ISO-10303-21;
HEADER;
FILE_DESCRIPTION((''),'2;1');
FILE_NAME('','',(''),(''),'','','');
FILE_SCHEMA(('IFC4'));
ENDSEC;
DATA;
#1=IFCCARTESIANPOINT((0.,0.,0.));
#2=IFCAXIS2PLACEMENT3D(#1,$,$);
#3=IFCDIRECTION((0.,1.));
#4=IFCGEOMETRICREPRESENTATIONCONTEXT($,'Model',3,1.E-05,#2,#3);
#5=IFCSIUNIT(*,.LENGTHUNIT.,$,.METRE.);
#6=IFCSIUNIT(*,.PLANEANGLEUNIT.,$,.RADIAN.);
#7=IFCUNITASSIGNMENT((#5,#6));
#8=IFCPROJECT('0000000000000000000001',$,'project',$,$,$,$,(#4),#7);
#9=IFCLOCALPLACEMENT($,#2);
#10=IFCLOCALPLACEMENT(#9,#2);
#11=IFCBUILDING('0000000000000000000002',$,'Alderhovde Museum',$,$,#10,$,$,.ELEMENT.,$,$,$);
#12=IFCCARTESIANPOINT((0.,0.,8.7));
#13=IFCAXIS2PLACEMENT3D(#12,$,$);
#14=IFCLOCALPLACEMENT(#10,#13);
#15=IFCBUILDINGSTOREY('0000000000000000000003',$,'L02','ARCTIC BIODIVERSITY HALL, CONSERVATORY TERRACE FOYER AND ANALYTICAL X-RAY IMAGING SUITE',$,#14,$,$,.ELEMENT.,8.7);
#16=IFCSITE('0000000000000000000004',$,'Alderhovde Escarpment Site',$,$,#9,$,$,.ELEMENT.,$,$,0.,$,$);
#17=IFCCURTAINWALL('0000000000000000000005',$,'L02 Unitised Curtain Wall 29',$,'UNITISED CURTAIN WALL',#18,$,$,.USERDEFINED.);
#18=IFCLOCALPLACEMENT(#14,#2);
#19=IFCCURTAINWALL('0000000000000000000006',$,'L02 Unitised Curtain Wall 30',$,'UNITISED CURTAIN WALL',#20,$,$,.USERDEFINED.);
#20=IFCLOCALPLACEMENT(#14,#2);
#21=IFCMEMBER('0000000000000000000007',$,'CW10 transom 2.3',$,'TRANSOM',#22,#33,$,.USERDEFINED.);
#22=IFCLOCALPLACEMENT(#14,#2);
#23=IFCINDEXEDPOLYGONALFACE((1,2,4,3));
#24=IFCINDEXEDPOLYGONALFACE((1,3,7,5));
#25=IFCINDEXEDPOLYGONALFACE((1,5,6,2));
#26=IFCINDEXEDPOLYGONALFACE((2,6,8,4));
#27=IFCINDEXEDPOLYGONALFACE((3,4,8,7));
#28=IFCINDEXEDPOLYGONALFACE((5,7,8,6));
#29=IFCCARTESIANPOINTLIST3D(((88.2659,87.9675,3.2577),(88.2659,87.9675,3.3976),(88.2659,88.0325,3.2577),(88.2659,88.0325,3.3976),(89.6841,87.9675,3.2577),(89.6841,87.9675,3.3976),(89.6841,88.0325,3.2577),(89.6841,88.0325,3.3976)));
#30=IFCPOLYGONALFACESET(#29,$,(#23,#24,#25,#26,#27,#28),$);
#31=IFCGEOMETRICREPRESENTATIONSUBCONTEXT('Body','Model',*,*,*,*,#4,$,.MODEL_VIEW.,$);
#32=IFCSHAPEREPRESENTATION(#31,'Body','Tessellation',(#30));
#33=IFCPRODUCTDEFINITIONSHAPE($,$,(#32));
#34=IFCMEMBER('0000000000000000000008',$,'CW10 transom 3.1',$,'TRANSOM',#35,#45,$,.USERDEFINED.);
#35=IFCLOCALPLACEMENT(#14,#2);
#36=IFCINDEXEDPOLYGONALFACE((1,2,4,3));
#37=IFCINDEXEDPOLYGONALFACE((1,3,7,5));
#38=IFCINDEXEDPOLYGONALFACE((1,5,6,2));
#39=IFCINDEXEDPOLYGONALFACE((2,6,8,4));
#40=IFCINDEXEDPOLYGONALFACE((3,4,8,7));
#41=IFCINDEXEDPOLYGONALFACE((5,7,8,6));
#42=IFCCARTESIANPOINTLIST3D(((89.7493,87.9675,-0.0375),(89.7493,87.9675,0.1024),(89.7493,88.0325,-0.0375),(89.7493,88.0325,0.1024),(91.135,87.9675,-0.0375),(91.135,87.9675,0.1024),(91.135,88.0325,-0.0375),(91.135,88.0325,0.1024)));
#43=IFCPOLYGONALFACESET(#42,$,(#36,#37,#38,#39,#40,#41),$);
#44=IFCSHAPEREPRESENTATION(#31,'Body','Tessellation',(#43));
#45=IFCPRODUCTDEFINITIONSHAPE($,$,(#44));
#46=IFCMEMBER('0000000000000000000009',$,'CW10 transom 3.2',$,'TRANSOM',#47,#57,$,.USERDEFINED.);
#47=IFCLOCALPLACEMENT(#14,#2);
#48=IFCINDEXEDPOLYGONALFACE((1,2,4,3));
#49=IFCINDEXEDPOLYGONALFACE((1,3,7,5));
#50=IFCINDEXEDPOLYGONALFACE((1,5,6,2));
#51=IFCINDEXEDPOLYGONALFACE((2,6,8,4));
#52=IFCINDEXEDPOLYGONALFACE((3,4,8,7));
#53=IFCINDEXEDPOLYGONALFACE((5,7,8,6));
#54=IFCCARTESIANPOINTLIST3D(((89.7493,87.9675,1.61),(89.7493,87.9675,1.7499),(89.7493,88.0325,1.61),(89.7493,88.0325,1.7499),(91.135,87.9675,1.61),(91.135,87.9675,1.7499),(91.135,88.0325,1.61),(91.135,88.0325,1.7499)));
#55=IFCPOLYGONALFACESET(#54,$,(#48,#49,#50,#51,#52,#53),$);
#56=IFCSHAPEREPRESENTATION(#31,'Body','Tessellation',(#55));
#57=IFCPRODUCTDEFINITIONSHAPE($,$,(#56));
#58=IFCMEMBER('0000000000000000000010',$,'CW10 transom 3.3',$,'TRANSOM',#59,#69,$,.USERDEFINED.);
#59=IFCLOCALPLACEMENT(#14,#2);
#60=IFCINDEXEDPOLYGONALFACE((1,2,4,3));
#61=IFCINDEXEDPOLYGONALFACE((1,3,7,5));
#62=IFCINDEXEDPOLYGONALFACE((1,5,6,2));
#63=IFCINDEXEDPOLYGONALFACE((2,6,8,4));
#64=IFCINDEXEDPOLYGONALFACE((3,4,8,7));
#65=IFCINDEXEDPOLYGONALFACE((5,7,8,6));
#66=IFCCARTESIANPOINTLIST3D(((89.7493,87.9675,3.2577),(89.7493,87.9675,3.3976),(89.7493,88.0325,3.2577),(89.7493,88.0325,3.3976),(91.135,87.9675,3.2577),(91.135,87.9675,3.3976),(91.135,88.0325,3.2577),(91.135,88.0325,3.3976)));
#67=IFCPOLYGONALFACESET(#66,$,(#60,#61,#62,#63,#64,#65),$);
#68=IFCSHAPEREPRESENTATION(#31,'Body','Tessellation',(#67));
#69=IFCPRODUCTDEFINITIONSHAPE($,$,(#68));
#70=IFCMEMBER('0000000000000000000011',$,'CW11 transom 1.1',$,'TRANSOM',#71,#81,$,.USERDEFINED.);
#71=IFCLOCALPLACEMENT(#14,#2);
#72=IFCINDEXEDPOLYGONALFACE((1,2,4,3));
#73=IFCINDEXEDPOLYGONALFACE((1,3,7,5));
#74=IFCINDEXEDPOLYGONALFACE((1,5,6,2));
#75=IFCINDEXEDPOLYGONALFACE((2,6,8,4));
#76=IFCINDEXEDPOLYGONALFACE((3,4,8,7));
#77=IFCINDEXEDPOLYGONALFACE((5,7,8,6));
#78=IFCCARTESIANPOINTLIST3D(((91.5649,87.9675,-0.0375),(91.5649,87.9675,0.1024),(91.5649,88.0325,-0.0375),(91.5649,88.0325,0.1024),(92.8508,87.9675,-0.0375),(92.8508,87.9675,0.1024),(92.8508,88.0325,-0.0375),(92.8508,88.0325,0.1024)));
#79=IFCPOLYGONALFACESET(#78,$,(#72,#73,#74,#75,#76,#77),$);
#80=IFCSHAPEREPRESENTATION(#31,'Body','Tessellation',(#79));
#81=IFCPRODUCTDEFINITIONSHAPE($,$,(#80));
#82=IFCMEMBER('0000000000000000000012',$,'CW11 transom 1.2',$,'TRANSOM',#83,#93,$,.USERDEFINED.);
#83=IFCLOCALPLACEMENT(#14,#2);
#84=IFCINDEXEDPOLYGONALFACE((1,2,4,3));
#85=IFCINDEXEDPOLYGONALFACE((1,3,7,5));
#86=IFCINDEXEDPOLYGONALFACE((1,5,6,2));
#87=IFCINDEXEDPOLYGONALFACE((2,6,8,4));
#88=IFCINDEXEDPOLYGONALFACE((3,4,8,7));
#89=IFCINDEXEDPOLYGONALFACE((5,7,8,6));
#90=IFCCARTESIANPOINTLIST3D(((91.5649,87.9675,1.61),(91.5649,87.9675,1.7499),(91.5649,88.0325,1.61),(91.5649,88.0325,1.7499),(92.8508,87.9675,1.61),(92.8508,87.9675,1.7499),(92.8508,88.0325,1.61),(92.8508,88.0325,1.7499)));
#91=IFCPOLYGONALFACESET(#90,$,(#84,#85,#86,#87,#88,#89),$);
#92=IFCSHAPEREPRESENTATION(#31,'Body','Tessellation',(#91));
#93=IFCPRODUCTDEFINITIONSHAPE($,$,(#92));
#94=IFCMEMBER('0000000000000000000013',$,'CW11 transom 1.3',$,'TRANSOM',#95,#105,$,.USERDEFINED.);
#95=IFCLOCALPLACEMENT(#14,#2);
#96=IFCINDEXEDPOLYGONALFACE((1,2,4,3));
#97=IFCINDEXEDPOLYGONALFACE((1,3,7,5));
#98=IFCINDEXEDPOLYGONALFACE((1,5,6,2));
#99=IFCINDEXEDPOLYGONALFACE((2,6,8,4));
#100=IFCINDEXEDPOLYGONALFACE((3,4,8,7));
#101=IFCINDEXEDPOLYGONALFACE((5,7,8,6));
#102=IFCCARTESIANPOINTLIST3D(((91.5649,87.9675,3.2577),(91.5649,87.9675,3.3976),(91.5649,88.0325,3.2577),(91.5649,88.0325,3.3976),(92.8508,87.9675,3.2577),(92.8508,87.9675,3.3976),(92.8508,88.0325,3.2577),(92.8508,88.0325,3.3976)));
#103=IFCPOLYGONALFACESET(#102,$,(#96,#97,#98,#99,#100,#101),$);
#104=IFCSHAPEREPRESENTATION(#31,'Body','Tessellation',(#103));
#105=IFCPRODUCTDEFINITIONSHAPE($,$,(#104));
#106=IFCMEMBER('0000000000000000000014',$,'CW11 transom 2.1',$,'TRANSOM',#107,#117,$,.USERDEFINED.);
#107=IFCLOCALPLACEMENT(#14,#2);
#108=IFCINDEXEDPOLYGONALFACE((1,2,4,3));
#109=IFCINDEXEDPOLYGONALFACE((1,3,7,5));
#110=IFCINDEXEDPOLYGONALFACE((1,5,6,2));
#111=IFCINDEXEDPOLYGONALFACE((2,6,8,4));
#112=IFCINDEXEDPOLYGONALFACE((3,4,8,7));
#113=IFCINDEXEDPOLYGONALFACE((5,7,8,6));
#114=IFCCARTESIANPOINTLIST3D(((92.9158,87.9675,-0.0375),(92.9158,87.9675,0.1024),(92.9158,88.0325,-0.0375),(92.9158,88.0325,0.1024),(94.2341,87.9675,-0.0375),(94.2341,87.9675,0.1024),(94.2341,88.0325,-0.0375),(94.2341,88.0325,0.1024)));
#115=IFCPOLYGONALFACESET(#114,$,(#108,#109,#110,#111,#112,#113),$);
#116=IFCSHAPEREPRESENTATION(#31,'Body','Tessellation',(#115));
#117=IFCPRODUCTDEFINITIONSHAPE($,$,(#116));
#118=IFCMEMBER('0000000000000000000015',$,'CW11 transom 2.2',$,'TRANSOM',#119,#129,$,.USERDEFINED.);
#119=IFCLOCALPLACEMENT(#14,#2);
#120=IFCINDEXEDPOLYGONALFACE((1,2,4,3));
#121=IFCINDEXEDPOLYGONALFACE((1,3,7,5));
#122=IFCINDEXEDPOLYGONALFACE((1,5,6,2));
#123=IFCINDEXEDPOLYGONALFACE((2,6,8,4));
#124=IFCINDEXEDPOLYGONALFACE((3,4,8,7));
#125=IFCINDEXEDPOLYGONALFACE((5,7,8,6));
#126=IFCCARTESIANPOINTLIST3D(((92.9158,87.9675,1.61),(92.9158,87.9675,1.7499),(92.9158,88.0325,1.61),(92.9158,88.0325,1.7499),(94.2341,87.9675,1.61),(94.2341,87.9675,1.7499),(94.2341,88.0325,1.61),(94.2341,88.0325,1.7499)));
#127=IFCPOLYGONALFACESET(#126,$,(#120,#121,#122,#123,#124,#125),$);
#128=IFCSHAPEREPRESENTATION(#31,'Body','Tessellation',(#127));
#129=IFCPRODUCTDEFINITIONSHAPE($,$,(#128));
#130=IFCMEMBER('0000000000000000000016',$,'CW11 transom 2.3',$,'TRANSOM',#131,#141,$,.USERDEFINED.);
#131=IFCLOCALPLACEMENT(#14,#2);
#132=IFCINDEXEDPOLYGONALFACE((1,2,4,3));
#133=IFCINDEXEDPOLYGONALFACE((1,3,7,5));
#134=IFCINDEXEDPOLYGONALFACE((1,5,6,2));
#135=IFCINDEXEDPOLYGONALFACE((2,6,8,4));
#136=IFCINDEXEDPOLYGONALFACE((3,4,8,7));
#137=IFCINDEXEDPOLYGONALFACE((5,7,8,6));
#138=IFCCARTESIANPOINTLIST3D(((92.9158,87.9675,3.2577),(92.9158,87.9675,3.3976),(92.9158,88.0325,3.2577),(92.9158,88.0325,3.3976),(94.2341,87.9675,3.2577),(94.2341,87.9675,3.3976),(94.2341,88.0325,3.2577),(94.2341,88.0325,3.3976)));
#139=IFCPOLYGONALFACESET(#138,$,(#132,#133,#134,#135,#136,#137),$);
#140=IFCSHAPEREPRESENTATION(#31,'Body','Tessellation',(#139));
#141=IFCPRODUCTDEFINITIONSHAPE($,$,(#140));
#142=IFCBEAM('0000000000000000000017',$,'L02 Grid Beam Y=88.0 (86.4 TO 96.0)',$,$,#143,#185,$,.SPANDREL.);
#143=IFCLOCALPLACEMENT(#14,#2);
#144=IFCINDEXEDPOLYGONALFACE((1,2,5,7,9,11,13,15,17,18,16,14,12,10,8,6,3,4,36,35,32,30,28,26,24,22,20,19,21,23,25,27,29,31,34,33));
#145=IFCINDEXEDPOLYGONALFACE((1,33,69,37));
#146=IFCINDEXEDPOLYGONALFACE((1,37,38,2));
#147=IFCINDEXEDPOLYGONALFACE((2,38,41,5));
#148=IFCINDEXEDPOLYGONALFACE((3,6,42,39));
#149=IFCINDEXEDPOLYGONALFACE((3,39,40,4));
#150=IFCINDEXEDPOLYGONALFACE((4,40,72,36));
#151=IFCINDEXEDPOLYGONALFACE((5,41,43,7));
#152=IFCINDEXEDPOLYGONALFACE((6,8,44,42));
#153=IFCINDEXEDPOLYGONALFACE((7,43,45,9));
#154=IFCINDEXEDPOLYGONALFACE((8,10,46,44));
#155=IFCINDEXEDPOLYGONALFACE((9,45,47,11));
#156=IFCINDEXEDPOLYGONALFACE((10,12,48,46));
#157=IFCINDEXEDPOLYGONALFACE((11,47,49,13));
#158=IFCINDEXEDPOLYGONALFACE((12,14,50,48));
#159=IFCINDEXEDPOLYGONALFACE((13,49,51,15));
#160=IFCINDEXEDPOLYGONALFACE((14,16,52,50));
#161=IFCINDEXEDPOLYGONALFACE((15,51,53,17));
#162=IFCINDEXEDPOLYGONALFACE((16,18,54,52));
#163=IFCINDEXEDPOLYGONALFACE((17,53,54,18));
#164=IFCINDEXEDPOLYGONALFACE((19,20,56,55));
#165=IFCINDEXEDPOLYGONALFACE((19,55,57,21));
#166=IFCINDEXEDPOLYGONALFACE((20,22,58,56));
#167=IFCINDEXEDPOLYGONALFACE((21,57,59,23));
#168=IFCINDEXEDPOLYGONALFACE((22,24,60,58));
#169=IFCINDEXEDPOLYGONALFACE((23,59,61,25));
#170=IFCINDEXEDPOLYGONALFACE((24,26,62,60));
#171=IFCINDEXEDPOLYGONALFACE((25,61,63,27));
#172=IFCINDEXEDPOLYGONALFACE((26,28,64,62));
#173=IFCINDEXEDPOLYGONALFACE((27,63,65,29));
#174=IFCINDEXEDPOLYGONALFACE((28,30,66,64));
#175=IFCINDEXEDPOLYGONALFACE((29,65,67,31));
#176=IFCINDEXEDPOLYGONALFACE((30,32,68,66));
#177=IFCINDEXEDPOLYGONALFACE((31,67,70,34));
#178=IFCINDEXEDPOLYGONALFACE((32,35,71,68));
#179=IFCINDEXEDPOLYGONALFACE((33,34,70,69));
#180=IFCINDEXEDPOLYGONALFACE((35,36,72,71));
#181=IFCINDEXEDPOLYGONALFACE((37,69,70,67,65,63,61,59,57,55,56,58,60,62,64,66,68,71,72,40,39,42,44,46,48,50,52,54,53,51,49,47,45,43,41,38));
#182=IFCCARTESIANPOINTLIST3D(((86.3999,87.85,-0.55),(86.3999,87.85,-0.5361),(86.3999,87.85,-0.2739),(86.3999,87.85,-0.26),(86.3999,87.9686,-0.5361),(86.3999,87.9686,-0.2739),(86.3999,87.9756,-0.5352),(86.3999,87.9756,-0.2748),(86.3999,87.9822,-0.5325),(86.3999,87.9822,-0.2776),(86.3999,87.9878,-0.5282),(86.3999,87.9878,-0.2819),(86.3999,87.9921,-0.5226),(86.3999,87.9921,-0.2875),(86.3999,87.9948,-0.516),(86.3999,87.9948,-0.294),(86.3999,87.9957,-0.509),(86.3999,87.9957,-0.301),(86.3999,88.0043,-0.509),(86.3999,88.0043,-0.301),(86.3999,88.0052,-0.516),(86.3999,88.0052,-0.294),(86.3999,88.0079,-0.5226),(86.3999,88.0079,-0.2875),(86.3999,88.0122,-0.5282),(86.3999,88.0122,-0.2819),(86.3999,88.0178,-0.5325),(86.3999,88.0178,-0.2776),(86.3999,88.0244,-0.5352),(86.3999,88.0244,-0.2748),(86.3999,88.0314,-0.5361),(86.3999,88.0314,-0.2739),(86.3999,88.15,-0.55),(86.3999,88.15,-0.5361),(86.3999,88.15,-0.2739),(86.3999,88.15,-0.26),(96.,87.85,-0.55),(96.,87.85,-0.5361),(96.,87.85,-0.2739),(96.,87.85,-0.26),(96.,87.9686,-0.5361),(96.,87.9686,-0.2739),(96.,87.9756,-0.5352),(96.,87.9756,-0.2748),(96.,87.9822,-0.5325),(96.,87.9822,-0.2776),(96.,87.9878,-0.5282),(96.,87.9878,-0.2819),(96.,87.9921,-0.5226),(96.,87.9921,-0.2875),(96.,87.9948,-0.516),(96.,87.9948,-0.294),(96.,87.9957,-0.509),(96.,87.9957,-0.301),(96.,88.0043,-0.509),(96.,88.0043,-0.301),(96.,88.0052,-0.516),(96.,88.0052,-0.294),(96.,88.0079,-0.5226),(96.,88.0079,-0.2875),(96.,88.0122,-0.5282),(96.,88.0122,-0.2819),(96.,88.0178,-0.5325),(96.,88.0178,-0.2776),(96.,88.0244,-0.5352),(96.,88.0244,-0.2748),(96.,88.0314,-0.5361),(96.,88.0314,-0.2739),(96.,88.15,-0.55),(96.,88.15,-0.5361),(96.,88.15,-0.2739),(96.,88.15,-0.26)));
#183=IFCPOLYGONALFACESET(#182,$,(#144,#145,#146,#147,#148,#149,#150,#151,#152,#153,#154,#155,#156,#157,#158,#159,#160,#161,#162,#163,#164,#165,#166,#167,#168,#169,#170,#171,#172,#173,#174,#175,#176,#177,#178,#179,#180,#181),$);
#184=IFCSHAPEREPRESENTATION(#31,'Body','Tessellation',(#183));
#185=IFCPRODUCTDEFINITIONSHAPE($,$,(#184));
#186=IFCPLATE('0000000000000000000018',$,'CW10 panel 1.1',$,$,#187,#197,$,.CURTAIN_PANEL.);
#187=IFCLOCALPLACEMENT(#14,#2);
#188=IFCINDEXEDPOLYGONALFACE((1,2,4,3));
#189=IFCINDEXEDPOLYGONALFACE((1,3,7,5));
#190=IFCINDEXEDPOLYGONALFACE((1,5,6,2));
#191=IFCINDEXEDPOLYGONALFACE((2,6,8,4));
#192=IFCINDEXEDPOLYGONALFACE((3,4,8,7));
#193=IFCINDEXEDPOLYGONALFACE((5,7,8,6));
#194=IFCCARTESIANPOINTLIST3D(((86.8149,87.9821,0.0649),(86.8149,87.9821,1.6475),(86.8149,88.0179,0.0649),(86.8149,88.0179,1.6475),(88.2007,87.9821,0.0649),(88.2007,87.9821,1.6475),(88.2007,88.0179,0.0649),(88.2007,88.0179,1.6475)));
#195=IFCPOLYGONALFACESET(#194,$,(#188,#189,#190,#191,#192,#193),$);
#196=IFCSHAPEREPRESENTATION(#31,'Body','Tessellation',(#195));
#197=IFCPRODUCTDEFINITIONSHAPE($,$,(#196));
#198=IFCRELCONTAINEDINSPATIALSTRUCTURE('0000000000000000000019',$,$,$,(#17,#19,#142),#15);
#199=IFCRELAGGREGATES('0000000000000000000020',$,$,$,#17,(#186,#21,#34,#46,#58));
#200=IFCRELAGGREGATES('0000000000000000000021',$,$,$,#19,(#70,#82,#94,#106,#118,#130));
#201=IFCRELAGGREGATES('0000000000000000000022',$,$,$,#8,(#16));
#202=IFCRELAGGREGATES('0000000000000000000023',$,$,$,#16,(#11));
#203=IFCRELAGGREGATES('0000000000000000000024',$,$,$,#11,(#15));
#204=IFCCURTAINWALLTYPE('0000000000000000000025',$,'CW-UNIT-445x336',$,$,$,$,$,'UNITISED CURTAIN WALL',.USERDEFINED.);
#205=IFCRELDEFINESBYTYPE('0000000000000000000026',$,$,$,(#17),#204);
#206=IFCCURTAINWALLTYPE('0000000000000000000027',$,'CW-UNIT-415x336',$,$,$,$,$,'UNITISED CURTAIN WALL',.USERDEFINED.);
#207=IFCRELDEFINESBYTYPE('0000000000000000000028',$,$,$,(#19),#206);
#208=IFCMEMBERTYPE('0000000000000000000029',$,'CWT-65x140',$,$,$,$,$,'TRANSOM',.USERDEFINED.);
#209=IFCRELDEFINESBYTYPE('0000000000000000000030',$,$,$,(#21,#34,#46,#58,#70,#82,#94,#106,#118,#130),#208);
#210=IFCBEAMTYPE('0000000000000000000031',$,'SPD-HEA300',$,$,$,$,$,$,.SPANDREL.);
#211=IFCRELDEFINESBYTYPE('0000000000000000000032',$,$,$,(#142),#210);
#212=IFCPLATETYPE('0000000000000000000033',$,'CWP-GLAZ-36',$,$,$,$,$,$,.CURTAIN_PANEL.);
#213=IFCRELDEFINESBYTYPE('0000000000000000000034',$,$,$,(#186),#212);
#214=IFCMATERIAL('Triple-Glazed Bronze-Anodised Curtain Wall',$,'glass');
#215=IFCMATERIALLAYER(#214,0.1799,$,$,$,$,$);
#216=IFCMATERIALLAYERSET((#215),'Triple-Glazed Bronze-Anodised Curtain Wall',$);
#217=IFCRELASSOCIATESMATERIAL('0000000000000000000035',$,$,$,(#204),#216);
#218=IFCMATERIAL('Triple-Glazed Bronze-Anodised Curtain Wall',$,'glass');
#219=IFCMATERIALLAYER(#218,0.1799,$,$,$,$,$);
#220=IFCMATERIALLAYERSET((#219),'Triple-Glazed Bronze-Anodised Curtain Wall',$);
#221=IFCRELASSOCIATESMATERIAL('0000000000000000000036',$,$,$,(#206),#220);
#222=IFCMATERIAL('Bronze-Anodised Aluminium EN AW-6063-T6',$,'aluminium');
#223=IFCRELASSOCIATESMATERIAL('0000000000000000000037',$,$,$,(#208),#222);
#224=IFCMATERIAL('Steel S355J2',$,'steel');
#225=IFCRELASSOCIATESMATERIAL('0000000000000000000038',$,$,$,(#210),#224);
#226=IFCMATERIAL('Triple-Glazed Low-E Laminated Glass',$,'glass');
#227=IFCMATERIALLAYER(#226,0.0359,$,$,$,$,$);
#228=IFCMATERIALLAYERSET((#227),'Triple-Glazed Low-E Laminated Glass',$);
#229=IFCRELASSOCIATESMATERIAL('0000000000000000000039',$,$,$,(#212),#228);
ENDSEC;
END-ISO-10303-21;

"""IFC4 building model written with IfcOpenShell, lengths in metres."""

from ifc_helpers import new_model, si_unit, direction, frame, origin, origin_2d, place, context, subcontext, project, spatial, rectangle, i_section, extrude, material, layer, layer_set, material_profile, profile_set, type_object, element, aggregate, save


model = new_model("IFC4")

# Units and contexts
model_context = context("Model", 3, precision=1e-05, world=origin(), true_north=direction((0.0, 1.0)))
body_context = subcontext(model_context, "Body", "Model", "MODEL_VIEW")
ifc_project = project(units=[si_unit("LENGTHUNIT", "METRE"), si_unit("PLANEANGLEUNIT", "RADIAN")], contexts=[model_context])

# Site, building, storey
site_placement = place(None, origin())
site = spatial("IfcSite", under=ifc_project, at=site_placement, Name="Alderhovde Escarpment Site", CompositionType="ELEMENT", RefElevation=0.0)
building_placement = place(site_placement, origin())
building = spatial("IfcBuilding", under=site, at=building_placement, Name="Alderhovde Museum", CompositionType="ELEMENT")
storey_placement = place(building_placement, frame((0.0, 0.0, 8.7)))
storey = spatial("IfcBuildingStorey", under=building, at=storey_placement, Name="L02", Description="ARCTIC BIODIVERSITY HALL, CONSERVATORY TERRACE FOYER AND ANALYTICAL X-RAY IMAGING SUITE", CompositionType="ELEMENT", Elevation=8.7)

# Curtain walls
ifc_material_1 = material(Name="Triple-Glazed Bronze-Anodised Curtain Wall", Category="glass")
ifc_layer_1 = layer(ifc_material_1, 0.1799)
ifc_layer_set_1 = layer_set([ifc_layer_1], Name="Triple-Glazed Bronze-Anodised Curtain Wall")
curtain_wall_type_1 = type_object("IfcCurtainWallType", Name="CW-UNIT-445x336", ElementType="UNITISED CURTAIN WALL", PredefinedType="USERDEFINED", material=ifc_layer_set_1)
curtain_wall_1_placement = place(storey_placement, origin())
curtain_wall_1 = element("IfcCurtainWall", 1, at=curtain_wall_1_placement, inside=storey, type_object=curtain_wall_type_1, Name="L02 Unitised Curtain Wall 29", ObjectType="UNITISED CURTAIN WALL", PredefinedType="USERDEFINED")
ifc_material_2 = material(Name="Triple-Glazed Bronze-Anodised Curtain Wall", Category="glass")
ifc_layer_2 = layer(ifc_material_2, 0.1799)
ifc_layer_set_2 = layer_set([ifc_layer_2], Name="Triple-Glazed Bronze-Anodised Curtain Wall")
curtain_wall_type_2 = type_object("IfcCurtainWallType", Name="CW-UNIT-415x336", ElementType="UNITISED CURTAIN WALL", PredefinedType="USERDEFINED", material=ifc_layer_set_2)
curtain_wall_2_placement = place(storey_placement, origin())
curtain_wall_2 = element("IfcCurtainWall", 2, at=curtain_wall_2_placement, inside=storey, type_object=curtain_wall_type_2, Name="L02 Unitised Curtain Wall 30", ObjectType="UNITISED CURTAIN WALL", PredefinedType="USERDEFINED")

# Members
ifc_material_3 = material(Name="Bronze-Anodised Aluminium EN AW-6063-T6", Category="aluminium")
ifc_material_profile_1 = material_profile(ifc_material_3, rectangle(XDim=0.0649, YDim=0.1399, at=origin_2d()), Name="TRANSOM 65x140")
ifc_profile_set_1 = profile_set([ifc_material_profile_1], Name="Bronze-Anodised Aluminium EN AW-6063-T6")
member_type_1 = type_object("IfcMemberType", Name="CWT-65x140", ElementType="TRANSOM", PredefinedType="USERDEFINED", material=ifc_profile_set_1)
member_1_placement = place(storey_placement, frame((88.2659, 88.0, 3.3276), z_axis=(1.0, 0.0, 0.0), x_axis=(0.0, 1.0, 0.0)))
member_1 = element("IfcMember", 3, at=member_1_placement, type_object=member_type_1, Name="CW10 transom 2.3", ObjectType="TRANSOM", PredefinedType="USERDEFINED", context=body_context, shape_type="SweptSolid", body=[
    extrude(rectangle(XDim=0.0649, YDim=0.1399, at=origin_2d()), origin(), (0.0, 0.0, 1.0), 1.4182),
])
member_2_placement = place(storey_placement, frame((89.7493, 88.0, 0.0325), z_axis=(1.0, 0.0, 0.0), x_axis=(0.0, 1.0, 0.0)))
member_2 = element("IfcMember", 4, at=member_2_placement, type_object=member_type_1, Name="CW10 transom 3.1", ObjectType="TRANSOM", PredefinedType="USERDEFINED", context=body_context, shape_type="SweptSolid", body=[
    extrude(rectangle(XDim=0.0649, YDim=0.1399, at=origin_2d()), origin(), (0.0, 0.0, 1.0), 1.3857),
])
member_3_placement = place(storey_placement, frame((89.7493, 88.0, 1.6799), z_axis=(1.0, 0.0, 0.0), x_axis=(0.0, 1.0, 0.0)))
member_3 = element("IfcMember", 5, at=member_3_placement, type_object=member_type_1, Name="CW10 transom 3.2", ObjectType="TRANSOM", PredefinedType="USERDEFINED", context=body_context, shape_type="SweptSolid", body=[
    extrude(rectangle(XDim=0.0649, YDim=0.1399, at=origin_2d()), origin(), (0.0, 0.0, 1.0), 1.3857),
])
member_4_placement = place(storey_placement, frame((89.7493, 88.0, 3.3276), z_axis=(1.0, 0.0, 0.0), x_axis=(0.0, 1.0, 0.0)))
member_4 = element("IfcMember", 6, at=member_4_placement, type_object=member_type_1, Name="CW10 transom 3.3", ObjectType="TRANSOM", PredefinedType="USERDEFINED", context=body_context, shape_type="SweptSolid", body=[
    extrude(rectangle(XDim=0.0649, YDim=0.1399, at=origin_2d()), origin(), (0.0, 0.0, 1.0), 1.3857),
])
member_5_placement = place(storey_placement, frame((91.5649, 88.0, 0.0325), z_axis=(1.0, 0.0, 0.0), x_axis=(0.0, 1.0, 0.0)))
member_5 = element("IfcMember", 7, at=member_5_placement, type_object=member_type_1, Name="CW11 transom 1.1", ObjectType="TRANSOM", PredefinedType="USERDEFINED", context=body_context, shape_type="SweptSolid", body=[
    extrude(rectangle(XDim=0.0649, YDim=0.1399, at=origin_2d()), origin(), (0.0, 0.0, 1.0), 1.2859),
])
member_6_placement = place(storey_placement, frame((91.5649, 88.0, 1.6799), z_axis=(1.0, 0.0, 0.0), x_axis=(0.0, 1.0, 0.0)))
member_6 = element("IfcMember", 8, at=member_6_placement, type_object=member_type_1, Name="CW11 transom 1.2", ObjectType="TRANSOM", PredefinedType="USERDEFINED", context=body_context, shape_type="SweptSolid", body=[
    extrude(rectangle(XDim=0.0649, YDim=0.1399, at=origin_2d()), origin(), (0.0, 0.0, 1.0), 1.2859),
])
member_7_placement = place(storey_placement, frame((91.5649, 88.0, 3.3276), z_axis=(1.0, 0.0, 0.0), x_axis=(0.0, 1.0, 0.0)))
member_7 = element("IfcMember", 9, at=member_7_placement, type_object=member_type_1, Name="CW11 transom 1.3", ObjectType="TRANSOM", PredefinedType="USERDEFINED", context=body_context, shape_type="SweptSolid", body=[
    extrude(rectangle(XDim=0.0649, YDim=0.1399, at=origin_2d()), origin(), (0.0, 0.0, 1.0), 1.2859),
])
member_8_placement = place(storey_placement, frame((92.9158, 88.0, 0.0325), z_axis=(1.0, 0.0, 0.0), x_axis=(0.0, 1.0, 0.0)))
member_8 = element("IfcMember", 10, at=member_8_placement, type_object=member_type_1, Name="CW11 transom 2.1", ObjectType="TRANSOM", PredefinedType="USERDEFINED", context=body_context, shape_type="SweptSolid", body=[
    extrude(rectangle(XDim=0.0649, YDim=0.1399, at=origin_2d()), origin(), (0.0, 0.0, 1.0), 1.3184),
])
member_9_placement = place(storey_placement, frame((92.9158, 88.0, 1.6799), z_axis=(1.0, 0.0, 0.0), x_axis=(0.0, 1.0, 0.0)))
member_9 = element("IfcMember", 11, at=member_9_placement, type_object=member_type_1, Name="CW11 transom 2.2", ObjectType="TRANSOM", PredefinedType="USERDEFINED", context=body_context, shape_type="SweptSolid", body=[
    extrude(rectangle(XDim=0.0649, YDim=0.1399, at=origin_2d()), origin(), (0.0, 0.0, 1.0), 1.3184),
])
member_10_placement = place(storey_placement, frame((92.9158, 88.0, 3.3276), z_axis=(1.0, 0.0, 0.0), x_axis=(0.0, 1.0, 0.0)))
member_10 = element("IfcMember", 12, at=member_10_placement, type_object=member_type_1, Name="CW11 transom 2.3", ObjectType="TRANSOM", PredefinedType="USERDEFINED", context=body_context, shape_type="SweptSolid", body=[
    extrude(rectangle(XDim=0.0649, YDim=0.1399, at=origin_2d()), origin(), (0.0, 0.0, 1.0), 1.3184),
])

# Beam
ifc_material_4 = material(Name="Steel S355J2", Category="steel")
ifc_material_profile_2 = material_profile(ifc_material_4, i_section(OverallWidth=0.3, OverallDepth=0.29, WebThickness=0.0085, FlangeThickness=0.0139, FilletRadius=0.0271, at=origin_2d()), Name="HEA 300")
ifc_profile_set_2 = profile_set([ifc_material_profile_2], Name="Steel S355J2")
beam_type = type_object("IfcBeamType", Name="SPD-HEA300", PredefinedType="SPANDREL", material=ifc_profile_set_2)
beam_placement = place(storey_placement, frame((86.3999, 88.0, -0.405), z_axis=(1.0, 0.0, 0.0), x_axis=(0.0, 1.0, 0.0)))
element("IfcBeam", 13, at=beam_placement, inside=storey, type_object=beam_type, Name="L02 Grid Beam Y=88.0 (86.4 TO 96.0)", PredefinedType="SPANDREL", context=body_context, shape_type="SweptSolid", body=[
    extrude(i_section(OverallWidth=0.3, OverallDepth=0.29, WebThickness=0.0085, FlangeThickness=0.0139, FilletRadius=0.0271, at=origin_2d()), origin(), (0.0, 0.0, 1.0), 9.6001),
])

# Plate
ifc_material_5 = material(Name="Triple-Glazed Low-E Laminated Glass", Category="glass")
ifc_layer_3 = layer(ifc_material_5, 0.0359)
ifc_layer_set_3 = layer_set([ifc_layer_3], Name="Triple-Glazed Low-E Laminated Glass")
plate_type_1 = type_object("IfcPlateType", Name="CWP-GLAZ-36", PredefinedType="CURTAIN_PANEL", material=ifc_layer_set_3)
plate_1_placement = place(storey_placement, frame((87.5078, 88.0, 0.0649), z_axis=(0.0, 0.0, 1.0), x_axis=(1.0, 0.0, 0.0)))
plate_1 = element("IfcPlate", 14, at=plate_1_placement, type_object=plate_type_1, Name="CW10 panel 1.1", PredefinedType="CURTAIN_PANEL", context=body_context, shape_type="SweptSolid", body=[
    extrude(rectangle(XDim=1.3857, YDim=0.0359, at=origin_2d()), origin(), (0.0, 0.0, 1.0), 1.5825),
])
aggregate(curtain_wall_1, [plate_1, member_1, member_2, member_3, member_4])
aggregate(curtain_wall_2, [member_5, member_6, member_7, member_8, member_9, member_10])

save(model, "model.ifc")
